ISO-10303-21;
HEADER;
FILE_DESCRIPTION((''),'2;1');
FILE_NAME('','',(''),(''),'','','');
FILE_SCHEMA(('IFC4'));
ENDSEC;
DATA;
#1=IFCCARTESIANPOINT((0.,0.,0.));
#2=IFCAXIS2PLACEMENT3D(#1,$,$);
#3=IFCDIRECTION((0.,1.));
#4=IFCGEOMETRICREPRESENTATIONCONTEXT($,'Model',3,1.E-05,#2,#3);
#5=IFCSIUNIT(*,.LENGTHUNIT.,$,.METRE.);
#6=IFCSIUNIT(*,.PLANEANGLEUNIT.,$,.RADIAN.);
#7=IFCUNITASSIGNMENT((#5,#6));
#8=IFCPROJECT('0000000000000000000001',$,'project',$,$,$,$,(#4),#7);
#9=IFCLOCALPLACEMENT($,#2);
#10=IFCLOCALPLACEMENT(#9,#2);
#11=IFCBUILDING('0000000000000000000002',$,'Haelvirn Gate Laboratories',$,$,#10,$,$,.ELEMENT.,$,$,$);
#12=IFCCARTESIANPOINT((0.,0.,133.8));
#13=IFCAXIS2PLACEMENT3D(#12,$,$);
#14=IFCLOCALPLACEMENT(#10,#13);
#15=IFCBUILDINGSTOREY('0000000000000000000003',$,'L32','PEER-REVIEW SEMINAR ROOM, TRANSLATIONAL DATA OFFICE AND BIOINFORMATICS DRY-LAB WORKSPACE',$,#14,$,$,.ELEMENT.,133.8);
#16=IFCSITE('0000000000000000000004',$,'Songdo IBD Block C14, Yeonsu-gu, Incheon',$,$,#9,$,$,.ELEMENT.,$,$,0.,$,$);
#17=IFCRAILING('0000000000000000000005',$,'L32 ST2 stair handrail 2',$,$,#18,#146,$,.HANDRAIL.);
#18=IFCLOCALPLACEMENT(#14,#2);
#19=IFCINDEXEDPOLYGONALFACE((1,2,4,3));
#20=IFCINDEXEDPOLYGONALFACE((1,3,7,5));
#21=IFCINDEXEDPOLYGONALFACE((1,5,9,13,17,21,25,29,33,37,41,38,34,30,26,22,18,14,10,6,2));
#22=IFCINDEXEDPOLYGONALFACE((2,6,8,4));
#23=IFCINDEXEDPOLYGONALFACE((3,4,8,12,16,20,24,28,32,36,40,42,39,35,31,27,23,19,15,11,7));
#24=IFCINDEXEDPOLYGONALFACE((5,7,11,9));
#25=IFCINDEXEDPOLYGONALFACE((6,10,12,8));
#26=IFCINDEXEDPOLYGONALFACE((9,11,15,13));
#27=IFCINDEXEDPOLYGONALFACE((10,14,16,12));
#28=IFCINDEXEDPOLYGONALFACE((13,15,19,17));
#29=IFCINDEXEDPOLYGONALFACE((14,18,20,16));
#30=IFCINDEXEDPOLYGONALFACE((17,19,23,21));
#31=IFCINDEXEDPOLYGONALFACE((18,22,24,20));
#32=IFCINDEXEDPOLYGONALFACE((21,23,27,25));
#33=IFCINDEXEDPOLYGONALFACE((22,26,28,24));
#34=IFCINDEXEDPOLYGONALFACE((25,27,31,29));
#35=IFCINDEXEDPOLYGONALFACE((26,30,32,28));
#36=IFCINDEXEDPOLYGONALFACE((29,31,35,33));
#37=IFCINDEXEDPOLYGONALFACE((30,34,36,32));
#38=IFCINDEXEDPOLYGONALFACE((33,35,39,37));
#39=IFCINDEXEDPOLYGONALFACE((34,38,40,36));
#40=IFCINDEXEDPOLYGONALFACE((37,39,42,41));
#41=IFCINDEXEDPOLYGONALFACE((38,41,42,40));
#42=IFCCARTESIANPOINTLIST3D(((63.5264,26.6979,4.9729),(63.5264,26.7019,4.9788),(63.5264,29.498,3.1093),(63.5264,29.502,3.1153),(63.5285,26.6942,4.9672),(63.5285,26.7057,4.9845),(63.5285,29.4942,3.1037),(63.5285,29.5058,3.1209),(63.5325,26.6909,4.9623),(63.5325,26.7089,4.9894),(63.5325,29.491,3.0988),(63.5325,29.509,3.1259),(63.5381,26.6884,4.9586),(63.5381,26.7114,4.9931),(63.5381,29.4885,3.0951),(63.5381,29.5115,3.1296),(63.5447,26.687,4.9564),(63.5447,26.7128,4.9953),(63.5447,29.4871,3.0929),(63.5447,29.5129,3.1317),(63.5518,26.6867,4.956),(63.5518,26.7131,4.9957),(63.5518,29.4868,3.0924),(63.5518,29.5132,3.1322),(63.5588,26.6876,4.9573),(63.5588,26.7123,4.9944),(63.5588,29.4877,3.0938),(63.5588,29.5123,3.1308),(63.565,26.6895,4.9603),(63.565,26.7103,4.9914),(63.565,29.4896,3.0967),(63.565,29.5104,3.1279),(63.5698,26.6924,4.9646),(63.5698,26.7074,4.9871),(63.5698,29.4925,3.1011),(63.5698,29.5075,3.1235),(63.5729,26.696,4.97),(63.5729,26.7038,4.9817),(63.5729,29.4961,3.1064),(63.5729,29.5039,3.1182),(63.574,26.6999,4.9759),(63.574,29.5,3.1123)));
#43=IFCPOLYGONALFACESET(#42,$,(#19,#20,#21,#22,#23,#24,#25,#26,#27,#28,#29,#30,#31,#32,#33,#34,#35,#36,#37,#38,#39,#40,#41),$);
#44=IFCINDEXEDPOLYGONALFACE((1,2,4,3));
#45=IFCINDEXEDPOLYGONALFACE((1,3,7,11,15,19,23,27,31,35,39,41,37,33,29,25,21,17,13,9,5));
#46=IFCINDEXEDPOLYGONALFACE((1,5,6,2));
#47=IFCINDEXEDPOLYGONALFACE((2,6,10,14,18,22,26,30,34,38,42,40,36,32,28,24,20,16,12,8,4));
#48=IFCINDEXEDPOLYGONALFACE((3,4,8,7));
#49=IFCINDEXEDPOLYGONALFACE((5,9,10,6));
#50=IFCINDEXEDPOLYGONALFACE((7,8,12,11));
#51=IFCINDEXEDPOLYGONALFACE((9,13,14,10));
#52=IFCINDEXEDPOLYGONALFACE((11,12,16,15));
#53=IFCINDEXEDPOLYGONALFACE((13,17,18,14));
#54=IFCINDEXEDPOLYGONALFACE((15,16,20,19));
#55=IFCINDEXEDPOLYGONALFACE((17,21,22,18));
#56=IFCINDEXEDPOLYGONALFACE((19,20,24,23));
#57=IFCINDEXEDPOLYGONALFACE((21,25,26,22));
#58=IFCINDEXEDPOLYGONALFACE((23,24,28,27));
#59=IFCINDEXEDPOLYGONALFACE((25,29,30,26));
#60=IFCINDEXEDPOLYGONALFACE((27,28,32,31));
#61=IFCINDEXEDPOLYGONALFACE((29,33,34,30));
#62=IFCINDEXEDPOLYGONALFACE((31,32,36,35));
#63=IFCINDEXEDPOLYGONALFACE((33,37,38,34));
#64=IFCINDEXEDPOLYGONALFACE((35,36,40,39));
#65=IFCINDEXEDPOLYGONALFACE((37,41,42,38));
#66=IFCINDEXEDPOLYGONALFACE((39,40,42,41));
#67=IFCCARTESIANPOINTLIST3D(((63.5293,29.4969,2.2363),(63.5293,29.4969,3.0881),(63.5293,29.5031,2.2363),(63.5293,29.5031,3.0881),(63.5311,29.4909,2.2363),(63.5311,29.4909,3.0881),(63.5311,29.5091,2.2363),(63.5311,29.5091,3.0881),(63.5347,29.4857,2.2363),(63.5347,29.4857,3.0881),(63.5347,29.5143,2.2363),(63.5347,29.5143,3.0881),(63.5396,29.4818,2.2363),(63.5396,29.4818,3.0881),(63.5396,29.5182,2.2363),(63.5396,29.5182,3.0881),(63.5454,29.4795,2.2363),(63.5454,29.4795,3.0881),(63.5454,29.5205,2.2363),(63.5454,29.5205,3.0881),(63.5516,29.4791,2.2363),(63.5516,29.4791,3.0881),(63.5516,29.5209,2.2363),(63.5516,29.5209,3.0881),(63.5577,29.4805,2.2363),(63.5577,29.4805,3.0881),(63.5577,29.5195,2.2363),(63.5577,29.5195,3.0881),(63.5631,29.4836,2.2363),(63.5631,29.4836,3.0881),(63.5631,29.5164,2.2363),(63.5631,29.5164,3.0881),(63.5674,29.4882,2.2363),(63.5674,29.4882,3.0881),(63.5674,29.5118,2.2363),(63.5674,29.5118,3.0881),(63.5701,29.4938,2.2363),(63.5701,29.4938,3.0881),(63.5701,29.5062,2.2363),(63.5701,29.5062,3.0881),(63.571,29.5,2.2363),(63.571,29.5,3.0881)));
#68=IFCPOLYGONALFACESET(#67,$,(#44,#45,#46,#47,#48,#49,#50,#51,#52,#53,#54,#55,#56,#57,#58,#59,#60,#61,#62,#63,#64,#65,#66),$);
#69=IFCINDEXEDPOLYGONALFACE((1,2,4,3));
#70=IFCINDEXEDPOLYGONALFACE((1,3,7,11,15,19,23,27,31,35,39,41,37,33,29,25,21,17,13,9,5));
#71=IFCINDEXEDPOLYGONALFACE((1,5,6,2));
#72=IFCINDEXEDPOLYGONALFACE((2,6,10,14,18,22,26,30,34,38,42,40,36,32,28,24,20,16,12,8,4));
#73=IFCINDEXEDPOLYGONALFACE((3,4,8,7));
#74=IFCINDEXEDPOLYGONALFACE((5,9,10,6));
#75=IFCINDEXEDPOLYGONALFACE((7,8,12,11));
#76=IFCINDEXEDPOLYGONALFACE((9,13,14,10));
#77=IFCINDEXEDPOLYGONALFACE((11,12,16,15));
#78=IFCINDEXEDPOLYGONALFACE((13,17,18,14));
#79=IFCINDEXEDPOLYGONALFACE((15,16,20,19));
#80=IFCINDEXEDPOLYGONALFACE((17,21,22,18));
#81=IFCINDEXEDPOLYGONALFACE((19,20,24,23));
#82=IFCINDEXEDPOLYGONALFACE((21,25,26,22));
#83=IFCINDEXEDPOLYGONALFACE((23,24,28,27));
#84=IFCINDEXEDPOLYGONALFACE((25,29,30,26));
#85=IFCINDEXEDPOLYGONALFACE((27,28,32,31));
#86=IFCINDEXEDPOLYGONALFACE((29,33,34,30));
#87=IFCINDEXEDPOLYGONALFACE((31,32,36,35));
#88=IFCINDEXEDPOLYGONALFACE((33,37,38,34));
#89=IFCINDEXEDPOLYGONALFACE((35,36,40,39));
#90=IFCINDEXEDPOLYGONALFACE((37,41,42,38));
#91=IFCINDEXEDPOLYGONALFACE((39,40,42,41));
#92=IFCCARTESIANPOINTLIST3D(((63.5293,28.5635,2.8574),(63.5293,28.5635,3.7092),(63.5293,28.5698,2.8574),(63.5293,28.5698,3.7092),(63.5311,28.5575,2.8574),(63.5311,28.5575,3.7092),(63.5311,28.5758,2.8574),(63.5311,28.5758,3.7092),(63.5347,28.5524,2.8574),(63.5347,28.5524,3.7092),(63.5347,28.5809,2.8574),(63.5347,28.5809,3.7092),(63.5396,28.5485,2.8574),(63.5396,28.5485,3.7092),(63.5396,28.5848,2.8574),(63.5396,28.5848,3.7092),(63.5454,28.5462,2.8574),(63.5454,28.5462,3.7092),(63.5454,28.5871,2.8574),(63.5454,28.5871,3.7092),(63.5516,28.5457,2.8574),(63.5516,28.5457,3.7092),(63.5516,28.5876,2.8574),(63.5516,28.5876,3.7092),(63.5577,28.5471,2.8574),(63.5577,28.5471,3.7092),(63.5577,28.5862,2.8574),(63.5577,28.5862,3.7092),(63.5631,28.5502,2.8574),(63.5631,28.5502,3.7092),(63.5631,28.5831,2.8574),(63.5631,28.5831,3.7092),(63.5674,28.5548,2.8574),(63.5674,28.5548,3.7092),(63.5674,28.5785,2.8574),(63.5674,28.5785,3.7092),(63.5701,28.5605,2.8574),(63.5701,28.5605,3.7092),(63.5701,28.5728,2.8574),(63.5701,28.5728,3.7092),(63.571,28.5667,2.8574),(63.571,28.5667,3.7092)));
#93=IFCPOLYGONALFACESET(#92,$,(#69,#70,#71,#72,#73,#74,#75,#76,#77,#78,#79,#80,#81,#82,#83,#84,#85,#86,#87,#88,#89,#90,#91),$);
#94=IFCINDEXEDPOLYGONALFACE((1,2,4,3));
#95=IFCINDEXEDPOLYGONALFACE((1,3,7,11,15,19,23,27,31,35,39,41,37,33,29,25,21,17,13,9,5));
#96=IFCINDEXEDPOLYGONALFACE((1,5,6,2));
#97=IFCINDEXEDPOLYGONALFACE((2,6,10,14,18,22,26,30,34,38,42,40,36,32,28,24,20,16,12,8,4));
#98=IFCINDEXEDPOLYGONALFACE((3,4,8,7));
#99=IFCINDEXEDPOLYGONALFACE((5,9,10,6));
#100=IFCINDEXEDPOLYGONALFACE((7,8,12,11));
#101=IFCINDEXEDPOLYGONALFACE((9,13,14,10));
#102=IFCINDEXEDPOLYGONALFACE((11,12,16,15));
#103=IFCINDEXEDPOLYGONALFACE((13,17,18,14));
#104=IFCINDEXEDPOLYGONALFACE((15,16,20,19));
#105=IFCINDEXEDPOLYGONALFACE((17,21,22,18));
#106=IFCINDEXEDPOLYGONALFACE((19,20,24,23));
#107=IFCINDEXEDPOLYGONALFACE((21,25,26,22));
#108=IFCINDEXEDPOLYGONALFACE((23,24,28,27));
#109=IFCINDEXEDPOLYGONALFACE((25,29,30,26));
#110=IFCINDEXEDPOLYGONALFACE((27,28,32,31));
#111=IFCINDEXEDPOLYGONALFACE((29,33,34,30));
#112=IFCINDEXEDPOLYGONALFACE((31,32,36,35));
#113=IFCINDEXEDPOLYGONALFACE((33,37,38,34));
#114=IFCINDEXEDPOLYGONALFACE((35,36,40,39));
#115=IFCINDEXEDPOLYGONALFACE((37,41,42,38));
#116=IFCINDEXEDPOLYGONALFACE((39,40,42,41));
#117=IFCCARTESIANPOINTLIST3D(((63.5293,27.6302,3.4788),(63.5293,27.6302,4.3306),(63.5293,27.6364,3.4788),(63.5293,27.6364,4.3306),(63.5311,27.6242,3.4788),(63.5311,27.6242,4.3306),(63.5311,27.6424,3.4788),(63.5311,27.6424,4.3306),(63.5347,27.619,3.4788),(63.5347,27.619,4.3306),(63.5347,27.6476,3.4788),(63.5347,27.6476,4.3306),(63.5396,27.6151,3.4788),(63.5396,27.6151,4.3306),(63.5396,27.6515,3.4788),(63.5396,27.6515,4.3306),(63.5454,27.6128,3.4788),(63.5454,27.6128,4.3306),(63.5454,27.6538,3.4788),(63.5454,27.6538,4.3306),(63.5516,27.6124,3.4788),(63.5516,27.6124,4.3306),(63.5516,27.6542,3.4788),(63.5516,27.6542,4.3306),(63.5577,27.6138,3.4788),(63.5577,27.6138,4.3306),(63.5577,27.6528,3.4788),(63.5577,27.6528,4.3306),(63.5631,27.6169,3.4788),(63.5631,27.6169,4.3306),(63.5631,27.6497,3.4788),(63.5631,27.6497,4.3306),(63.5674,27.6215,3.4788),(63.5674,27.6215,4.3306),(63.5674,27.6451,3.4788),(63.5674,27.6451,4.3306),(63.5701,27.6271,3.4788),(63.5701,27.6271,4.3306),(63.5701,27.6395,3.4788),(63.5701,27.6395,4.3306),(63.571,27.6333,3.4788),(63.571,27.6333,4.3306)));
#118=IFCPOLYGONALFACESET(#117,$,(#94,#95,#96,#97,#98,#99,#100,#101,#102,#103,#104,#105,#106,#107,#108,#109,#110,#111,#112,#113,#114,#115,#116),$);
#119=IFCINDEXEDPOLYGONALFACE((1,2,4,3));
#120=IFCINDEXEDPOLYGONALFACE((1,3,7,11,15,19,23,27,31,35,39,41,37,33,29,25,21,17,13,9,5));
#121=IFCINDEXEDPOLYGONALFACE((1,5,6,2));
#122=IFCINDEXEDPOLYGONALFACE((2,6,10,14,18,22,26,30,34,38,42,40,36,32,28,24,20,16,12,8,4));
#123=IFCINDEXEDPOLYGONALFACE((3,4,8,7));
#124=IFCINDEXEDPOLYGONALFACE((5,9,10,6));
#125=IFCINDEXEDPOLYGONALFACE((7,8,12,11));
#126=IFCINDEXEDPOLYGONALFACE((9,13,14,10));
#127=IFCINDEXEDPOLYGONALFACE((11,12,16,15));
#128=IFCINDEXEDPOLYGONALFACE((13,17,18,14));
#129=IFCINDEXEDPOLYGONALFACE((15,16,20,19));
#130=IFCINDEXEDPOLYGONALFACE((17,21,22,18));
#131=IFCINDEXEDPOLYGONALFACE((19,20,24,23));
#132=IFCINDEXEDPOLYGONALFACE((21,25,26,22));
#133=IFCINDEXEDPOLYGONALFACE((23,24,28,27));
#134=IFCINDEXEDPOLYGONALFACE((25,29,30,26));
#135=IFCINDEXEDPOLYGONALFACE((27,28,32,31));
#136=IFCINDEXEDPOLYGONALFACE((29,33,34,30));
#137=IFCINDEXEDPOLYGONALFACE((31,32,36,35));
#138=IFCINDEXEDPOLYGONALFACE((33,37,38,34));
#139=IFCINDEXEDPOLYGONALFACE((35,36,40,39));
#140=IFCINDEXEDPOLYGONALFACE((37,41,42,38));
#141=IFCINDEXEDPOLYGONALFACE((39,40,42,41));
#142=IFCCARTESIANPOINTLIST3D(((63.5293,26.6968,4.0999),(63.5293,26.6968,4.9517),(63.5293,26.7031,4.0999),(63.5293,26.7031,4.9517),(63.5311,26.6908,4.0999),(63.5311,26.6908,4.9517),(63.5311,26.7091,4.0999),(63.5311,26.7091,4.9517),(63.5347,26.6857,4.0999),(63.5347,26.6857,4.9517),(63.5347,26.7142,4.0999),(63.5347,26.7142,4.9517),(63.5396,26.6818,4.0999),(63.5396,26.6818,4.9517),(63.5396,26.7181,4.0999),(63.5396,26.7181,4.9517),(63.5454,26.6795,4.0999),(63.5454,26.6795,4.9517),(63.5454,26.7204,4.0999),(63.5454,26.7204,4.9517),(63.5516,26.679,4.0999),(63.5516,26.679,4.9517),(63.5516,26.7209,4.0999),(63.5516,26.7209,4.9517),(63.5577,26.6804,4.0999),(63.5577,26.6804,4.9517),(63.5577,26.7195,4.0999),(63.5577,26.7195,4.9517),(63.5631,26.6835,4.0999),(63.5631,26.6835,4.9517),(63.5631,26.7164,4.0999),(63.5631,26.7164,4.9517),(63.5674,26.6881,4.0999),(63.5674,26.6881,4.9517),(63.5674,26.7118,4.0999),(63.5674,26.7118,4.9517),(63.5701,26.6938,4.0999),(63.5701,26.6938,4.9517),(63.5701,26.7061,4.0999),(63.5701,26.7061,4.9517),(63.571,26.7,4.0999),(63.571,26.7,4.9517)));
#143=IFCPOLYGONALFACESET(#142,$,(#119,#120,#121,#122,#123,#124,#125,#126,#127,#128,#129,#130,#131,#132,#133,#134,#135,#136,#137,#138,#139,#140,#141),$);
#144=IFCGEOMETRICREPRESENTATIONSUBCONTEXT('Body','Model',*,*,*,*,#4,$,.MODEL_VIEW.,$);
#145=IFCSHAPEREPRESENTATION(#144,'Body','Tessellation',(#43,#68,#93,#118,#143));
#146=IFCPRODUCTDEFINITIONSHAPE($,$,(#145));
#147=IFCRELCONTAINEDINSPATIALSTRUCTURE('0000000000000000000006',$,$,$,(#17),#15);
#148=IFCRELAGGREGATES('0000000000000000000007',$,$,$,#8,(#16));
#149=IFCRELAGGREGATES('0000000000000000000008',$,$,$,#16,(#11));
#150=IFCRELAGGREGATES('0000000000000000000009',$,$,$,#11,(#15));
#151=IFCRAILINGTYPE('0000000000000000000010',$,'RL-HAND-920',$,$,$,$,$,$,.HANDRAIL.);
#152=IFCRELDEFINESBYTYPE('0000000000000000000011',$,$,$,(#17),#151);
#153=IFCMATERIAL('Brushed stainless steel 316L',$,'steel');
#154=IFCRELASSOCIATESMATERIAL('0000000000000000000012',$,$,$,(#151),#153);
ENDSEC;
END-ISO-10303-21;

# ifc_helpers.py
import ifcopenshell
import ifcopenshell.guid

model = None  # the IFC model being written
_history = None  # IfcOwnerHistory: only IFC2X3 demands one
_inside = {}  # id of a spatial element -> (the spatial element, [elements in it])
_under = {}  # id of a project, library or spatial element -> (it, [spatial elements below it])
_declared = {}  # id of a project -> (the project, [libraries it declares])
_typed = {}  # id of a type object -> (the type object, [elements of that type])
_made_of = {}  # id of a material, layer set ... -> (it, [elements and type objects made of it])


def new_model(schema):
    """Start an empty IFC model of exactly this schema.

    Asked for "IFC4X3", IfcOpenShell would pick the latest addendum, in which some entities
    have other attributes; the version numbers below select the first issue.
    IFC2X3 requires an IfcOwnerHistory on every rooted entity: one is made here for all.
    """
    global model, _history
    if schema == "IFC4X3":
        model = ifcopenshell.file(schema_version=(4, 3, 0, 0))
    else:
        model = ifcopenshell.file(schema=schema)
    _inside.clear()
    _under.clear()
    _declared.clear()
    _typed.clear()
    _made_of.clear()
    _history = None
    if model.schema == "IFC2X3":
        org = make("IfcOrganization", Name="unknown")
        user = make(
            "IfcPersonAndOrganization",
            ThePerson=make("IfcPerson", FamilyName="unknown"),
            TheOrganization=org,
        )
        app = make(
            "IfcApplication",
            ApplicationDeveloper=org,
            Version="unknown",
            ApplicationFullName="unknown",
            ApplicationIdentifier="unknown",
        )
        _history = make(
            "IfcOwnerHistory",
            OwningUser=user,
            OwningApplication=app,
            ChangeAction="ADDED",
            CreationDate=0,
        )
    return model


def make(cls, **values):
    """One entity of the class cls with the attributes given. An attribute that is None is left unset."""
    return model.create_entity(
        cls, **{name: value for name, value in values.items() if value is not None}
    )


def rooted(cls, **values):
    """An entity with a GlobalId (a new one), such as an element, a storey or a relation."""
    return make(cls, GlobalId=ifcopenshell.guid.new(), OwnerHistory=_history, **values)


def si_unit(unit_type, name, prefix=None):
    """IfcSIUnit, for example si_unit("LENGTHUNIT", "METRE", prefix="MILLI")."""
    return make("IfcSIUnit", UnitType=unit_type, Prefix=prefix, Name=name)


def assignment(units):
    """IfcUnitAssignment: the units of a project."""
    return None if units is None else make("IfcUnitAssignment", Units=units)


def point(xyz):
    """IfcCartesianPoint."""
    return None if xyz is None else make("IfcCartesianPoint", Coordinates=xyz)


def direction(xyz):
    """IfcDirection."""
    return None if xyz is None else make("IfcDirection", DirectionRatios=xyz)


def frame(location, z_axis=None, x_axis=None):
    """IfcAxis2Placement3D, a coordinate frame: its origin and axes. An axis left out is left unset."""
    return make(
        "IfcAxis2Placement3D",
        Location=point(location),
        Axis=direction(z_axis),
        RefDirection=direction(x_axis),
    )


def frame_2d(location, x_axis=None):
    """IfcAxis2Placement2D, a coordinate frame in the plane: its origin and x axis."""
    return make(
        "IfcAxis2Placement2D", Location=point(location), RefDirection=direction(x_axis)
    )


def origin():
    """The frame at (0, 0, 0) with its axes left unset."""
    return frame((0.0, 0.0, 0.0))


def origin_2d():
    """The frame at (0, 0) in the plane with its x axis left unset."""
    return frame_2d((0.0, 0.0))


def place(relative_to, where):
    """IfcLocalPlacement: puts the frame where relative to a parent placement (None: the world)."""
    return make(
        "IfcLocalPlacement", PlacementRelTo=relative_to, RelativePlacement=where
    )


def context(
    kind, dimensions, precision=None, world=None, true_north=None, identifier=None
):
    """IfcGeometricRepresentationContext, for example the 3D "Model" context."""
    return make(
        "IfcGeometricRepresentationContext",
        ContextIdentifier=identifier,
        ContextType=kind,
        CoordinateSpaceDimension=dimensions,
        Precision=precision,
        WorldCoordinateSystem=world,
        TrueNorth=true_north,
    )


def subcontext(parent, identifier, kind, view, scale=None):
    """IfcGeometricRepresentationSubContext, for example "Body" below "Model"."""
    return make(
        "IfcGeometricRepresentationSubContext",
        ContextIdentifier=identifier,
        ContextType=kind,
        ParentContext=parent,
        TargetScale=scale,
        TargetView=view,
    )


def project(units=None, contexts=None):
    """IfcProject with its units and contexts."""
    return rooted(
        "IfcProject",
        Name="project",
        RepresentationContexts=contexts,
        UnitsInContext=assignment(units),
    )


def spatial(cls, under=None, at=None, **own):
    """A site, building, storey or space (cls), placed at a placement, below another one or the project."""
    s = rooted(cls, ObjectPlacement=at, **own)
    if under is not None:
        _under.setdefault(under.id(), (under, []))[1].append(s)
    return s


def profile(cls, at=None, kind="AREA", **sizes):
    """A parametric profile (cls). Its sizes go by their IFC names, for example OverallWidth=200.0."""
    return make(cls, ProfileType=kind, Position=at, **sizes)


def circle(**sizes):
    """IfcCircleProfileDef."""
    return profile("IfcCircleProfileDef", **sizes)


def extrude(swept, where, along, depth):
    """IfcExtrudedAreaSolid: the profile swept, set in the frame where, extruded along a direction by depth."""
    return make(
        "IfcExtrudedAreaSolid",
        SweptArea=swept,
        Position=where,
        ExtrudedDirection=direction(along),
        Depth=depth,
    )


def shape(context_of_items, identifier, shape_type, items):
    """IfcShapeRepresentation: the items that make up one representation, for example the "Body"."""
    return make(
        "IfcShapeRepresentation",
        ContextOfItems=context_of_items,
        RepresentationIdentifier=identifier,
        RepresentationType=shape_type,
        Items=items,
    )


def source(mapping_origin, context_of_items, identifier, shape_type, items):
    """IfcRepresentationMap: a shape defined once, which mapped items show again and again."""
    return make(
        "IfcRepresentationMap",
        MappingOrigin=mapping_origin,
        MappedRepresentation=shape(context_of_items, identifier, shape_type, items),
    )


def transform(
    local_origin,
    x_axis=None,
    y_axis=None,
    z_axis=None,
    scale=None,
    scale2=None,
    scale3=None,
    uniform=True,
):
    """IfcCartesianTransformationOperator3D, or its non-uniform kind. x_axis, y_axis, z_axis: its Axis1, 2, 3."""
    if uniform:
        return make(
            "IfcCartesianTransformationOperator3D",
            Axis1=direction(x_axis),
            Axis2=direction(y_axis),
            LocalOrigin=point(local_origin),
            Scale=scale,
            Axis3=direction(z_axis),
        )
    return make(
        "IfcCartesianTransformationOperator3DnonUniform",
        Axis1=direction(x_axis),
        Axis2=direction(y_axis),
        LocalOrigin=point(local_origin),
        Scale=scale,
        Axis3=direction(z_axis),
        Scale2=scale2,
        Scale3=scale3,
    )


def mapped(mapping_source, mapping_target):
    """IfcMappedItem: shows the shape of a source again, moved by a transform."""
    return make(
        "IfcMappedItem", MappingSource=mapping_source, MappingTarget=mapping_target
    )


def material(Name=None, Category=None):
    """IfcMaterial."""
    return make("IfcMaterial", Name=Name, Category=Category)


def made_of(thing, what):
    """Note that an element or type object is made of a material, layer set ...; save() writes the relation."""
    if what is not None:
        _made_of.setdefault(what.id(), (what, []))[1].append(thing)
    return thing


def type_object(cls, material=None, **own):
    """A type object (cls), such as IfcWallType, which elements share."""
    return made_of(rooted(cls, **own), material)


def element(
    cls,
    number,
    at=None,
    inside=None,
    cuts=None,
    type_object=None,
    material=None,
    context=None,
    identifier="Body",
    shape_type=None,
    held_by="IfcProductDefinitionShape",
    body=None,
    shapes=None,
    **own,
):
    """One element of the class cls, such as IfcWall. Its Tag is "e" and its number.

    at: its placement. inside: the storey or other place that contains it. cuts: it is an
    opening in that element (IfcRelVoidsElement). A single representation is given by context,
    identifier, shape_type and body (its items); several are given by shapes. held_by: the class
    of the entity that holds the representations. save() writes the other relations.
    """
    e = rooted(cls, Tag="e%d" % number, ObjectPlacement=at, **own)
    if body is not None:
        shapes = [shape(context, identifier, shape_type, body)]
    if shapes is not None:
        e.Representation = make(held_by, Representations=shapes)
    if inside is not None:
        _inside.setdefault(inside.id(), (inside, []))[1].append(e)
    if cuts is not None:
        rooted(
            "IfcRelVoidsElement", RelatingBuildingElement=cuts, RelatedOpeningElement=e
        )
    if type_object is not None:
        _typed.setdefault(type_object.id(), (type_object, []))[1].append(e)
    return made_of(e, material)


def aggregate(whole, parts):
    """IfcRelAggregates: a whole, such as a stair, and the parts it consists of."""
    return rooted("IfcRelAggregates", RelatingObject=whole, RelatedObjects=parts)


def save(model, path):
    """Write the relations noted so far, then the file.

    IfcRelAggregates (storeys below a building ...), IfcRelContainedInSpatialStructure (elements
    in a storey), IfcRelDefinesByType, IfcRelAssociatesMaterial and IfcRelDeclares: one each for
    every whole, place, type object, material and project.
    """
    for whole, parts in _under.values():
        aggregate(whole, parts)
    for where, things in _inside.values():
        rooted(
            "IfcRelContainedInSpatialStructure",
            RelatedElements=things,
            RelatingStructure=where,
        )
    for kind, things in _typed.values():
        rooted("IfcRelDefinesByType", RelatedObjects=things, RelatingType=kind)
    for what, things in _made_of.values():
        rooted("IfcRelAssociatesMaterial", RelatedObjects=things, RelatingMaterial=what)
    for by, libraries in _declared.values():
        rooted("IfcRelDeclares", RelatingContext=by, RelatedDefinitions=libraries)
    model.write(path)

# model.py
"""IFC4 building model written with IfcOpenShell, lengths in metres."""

from ifc_helpers import new_model, si_unit, direction, frame, origin, origin_2d, place, context, subcontext, project, spatial, circle, extrude, source, transform, mapped, material, type_object, element, save


model = new_model("IFC4")

# Units and contexts
model_context = context("Model", 3, precision=1e-05, world=origin(), true_north=direction((0.0, 1.0)))
body_context = subcontext(model_context, "Body", "Model", "MODEL_VIEW")
ifc_project = project(units=[si_unit("LENGTHUNIT", "METRE"), si_unit("PLANEANGLEUNIT", "RADIAN")], contexts=[model_context])

# Site, building, storey
site_placement = place(None, origin())
site = spatial("IfcSite", under=ifc_project, at=site_placement, Name="Songdo IBD Block C14, Yeonsu-gu, Incheon", CompositionType="ELEMENT", RefElevation=0.0)
building_placement = place(site_placement, origin())
building = spatial("IfcBuilding", under=site, at=building_placement, Name="Haelvirn Gate Laboratories", CompositionType="ELEMENT")
storey_placement = place(building_placement, frame((0.0, 0.0, 133.8)))
storey = spatial("IfcBuildingStorey", under=building, at=storey_placement, Name="L32", Description="PEER-REVIEW SEMINAR ROOM, TRANSLATIONAL DATA OFFICE AND BIOINFORMATICS DRY-LAB WORKSPACE", CompositionType="ELEMENT", Elevation=133.8)

# Railing
ifc_material_1 = material(Name="Brushed stainless steel 316L", Category="steel")
railing_type_1 = type_object("IfcRailingType", Name="RL-HAND-920", PredefinedType="HANDRAIL", material=ifc_material_1)
shared_shape_1 = source(origin(), body_context, "Body", "SweptSolid", [
    extrude(circle(Radius=0.0239, at=origin_2d()), frame((0.0, 0.0, 0.876), z_axis=(0.0, -0.832486, 0.554047), x_axis=(1.0, 0.0, 0.0)), (0.0, 0.0, 1.0), 3.3635),
    extrude(circle(Radius=0.021, at=origin_2d()), origin(), (0.0, 0.0, 1.0), 0.8518),
    extrude(circle(Radius=0.021, at=origin_2d()), frame((0.0, -0.9333, 0.6211)), (0.0, 0.0, 1.0), 0.8518),
    extrude(circle(Radius=0.021, at=origin_2d()), frame((0.0, -1.8667, 1.2424)), (0.0, 0.0, 1.0), 0.8518),
    extrude(circle(Radius=0.021, at=origin_2d()), frame((0.0, -2.8, 1.8635)), (0.0, 0.0, 1.0), 0.8518),
])
railing_1_placement = place(storey_placement, frame((63.55, 29.5, 2.2363)))
element("IfcRailing", 1, at=railing_1_placement, inside=storey, type_object=railing_type_1, Name="L32 ST2 stair handrail 2", PredefinedType="HANDRAIL", context=body_context, shape_type="MappedRepresentation", body=[
    mapped(shared_shape_1, transform((0.0, 0.0, 0.0), scale=1.0)),
])

save(model, "model.ifc")
